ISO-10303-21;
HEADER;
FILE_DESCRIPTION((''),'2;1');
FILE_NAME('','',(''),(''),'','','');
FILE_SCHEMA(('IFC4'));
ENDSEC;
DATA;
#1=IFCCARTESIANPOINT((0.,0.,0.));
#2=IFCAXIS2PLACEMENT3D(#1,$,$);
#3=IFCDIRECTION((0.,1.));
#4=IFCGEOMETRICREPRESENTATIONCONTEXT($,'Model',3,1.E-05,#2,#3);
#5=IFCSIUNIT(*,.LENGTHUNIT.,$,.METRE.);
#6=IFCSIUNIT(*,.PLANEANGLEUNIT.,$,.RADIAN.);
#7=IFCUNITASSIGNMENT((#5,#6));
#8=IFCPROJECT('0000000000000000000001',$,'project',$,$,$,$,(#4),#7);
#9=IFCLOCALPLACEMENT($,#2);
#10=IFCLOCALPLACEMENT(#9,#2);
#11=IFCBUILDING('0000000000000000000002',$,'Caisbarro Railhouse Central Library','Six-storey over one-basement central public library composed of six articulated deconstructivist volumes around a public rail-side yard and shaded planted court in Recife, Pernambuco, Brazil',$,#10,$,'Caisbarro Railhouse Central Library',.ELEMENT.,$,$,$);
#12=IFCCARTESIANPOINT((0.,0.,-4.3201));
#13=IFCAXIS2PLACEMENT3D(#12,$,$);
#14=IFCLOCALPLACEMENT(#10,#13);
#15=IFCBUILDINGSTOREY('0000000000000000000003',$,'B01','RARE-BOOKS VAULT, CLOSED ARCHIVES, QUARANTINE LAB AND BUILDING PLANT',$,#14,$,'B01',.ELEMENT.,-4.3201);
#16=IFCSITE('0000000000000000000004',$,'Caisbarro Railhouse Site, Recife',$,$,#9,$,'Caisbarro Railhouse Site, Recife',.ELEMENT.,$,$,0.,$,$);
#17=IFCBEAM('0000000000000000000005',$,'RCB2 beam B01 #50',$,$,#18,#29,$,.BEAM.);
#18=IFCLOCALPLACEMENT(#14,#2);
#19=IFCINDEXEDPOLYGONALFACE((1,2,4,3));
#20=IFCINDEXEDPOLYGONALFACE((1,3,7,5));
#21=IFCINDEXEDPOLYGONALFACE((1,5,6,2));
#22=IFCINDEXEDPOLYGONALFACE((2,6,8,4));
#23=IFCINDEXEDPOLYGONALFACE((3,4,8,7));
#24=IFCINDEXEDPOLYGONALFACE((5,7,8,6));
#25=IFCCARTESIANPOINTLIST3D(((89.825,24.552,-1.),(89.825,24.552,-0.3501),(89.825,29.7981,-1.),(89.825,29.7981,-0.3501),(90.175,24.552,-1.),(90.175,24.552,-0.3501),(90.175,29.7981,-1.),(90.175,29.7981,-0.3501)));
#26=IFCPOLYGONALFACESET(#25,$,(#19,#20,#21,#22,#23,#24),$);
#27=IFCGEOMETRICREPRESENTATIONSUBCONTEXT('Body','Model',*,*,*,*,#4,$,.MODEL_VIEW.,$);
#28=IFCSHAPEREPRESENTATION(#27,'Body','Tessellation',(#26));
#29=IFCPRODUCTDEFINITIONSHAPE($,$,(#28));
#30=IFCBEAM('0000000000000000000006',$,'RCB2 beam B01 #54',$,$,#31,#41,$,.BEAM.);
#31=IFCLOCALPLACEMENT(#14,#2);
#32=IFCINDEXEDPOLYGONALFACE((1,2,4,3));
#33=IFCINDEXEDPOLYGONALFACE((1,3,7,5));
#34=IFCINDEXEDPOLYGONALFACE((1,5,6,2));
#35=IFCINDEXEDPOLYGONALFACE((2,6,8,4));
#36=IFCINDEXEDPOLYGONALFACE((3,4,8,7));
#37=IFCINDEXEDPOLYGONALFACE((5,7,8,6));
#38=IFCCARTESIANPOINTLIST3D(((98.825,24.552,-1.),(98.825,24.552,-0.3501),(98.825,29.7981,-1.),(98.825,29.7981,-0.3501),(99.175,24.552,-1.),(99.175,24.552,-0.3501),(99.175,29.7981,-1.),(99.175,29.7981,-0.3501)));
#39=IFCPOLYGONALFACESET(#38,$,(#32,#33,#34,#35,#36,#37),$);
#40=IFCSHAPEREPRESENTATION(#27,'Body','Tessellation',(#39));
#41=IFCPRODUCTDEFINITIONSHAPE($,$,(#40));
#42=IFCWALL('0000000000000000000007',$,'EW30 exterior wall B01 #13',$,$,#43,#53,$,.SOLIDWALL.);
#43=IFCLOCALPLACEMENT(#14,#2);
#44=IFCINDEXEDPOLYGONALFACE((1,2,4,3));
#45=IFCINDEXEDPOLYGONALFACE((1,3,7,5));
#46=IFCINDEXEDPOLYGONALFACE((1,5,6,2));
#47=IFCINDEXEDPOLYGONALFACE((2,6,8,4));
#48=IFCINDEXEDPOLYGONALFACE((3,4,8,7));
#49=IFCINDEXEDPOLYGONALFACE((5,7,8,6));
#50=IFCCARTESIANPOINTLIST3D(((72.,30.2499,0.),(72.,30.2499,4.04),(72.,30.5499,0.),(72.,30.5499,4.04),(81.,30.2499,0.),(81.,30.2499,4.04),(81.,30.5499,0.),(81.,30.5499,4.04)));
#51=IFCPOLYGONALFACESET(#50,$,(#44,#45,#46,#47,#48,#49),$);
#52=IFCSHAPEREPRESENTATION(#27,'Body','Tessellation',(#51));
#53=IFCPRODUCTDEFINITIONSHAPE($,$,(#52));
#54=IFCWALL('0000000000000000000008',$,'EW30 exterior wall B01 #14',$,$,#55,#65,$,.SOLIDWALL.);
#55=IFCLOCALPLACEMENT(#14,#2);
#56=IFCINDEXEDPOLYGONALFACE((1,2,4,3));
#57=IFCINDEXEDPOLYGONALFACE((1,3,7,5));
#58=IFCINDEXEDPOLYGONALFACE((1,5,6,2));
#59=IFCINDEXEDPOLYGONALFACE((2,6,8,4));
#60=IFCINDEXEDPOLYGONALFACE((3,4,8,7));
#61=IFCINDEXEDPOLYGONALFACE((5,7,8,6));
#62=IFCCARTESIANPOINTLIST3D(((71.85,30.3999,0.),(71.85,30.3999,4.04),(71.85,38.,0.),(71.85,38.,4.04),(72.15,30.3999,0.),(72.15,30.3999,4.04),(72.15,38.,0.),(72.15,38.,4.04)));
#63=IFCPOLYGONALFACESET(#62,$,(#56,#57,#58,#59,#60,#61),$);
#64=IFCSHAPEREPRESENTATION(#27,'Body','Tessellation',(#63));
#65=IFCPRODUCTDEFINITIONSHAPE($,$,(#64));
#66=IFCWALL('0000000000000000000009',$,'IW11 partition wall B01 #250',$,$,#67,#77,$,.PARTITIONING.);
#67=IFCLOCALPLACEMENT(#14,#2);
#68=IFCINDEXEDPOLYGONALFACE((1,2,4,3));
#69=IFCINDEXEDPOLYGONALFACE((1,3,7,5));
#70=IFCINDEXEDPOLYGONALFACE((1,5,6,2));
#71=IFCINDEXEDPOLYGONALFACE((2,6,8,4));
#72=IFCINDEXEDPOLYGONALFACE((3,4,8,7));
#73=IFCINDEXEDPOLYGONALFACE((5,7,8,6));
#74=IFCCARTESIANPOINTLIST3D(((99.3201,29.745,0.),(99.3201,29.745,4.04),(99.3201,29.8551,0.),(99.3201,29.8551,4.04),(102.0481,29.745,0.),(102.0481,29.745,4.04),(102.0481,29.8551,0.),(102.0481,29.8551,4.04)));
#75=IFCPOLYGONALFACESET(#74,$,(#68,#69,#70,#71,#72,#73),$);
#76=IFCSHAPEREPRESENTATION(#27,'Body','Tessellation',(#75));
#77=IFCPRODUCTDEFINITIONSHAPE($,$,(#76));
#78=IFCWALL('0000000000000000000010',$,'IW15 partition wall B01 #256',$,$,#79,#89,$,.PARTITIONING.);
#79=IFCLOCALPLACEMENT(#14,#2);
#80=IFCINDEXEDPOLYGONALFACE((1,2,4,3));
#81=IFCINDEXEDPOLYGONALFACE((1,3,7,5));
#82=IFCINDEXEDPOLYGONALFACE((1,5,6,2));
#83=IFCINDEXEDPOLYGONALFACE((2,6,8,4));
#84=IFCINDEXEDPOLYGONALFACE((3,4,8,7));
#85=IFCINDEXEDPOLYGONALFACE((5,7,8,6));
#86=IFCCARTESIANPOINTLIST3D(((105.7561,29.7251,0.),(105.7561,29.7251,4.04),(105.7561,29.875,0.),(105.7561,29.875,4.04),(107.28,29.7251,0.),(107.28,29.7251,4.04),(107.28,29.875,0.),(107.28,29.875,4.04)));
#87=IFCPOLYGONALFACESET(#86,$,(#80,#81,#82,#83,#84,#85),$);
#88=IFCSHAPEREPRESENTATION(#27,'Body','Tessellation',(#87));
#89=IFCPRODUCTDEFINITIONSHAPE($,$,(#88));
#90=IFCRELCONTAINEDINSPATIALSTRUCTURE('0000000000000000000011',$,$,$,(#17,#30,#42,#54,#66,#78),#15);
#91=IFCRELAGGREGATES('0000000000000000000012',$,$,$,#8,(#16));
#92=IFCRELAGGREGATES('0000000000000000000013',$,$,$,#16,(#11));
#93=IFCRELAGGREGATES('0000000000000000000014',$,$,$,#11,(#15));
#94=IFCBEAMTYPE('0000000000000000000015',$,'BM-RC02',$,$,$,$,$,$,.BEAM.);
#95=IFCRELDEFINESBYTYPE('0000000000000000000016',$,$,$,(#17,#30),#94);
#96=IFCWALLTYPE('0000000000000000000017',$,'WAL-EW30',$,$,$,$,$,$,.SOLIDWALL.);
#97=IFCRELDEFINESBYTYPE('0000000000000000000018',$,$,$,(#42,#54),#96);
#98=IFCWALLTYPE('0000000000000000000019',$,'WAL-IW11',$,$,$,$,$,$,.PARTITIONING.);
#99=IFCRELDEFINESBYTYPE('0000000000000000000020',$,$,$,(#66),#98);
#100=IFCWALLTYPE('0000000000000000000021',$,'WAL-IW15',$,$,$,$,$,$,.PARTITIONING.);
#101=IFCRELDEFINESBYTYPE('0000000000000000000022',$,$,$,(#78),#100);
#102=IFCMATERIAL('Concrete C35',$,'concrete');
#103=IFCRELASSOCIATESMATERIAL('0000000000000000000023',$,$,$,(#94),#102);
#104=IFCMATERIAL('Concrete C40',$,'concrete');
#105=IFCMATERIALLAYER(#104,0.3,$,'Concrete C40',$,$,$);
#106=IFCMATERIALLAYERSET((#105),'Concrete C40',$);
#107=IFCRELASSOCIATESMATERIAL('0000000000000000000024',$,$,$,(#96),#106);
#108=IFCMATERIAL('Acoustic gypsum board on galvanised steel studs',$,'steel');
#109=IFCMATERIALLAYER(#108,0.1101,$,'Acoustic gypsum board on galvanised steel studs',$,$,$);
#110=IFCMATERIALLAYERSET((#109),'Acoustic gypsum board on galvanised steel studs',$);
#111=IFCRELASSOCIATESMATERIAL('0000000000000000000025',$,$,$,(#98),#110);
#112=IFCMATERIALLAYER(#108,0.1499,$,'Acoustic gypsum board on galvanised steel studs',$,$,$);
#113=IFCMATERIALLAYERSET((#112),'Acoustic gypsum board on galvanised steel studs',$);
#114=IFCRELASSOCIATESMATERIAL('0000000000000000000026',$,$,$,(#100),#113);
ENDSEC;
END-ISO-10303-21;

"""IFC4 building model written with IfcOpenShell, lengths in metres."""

from ifc_helpers import new_model, si_unit, direction, frame, frame_2d, origin, origin_2d, place, context, subcontext, project, spatial, rectangle, extrude, material, layer, layer_set, material_profile, profile_set, type_object, element, save


model = new_model("IFC4")

# Units and contexts
model_context = context("Model", 3, precision=1e-05, world=origin(), true_north=direction((0.0, 1.0)))
body_context = subcontext(model_context, "Body", "Model", "MODEL_VIEW")
ifc_project = project(units=[si_unit("LENGTHUNIT", "METRE"), si_unit("PLANEANGLEUNIT", "RADIAN")], contexts=[model_context])

# Site, building, storey
site_placement = place(None, origin())
site = spatial("IfcSite", under=ifc_project, at=site_placement, Name="Caisbarro Railhouse Site, Recife", LongName="Caisbarro Railhouse Site, Recife", CompositionType="ELEMENT", RefElevation=0.0)
building_placement = place(site_placement, origin())
building = spatial("IfcBuilding", under=site, at=building_placement, Name="Caisbarro Railhouse Central Library", Description="Six-storey over one-basement central public library composed of six articulated deconstructivist volumes around a public rail-side yard and shaded planted court in Recife, Pernambuco, Brazil", LongName="Caisbarro Railhouse Central Library", CompositionType="ELEMENT")
storey_placement = place(building_placement, frame((0.0, 0.0, -4.3201)))
storey = spatial("IfcBuildingStorey", under=building, at=storey_placement, Name="B01", Description="RARE-BOOKS VAULT, CLOSED ARCHIVES, QUARANTINE LAB AND BUILDING PLANT", LongName="B01", CompositionType="ELEMENT", Elevation=-4.3201)

# Shared definitions
ifc_material_1 = material(Name="Concrete C40", Category="concrete")

# Shared definitions
ifc_material_2 = material(Name="Concrete C35", Category="concrete")

# Beams
ifc_material_profile_1 = material_profile(ifc_material_2, rectangle(XDim=0.3501, YDim=0.6499, at=origin_2d()), Name="RC-BM-350X650")
ifc_profile_set_1 = profile_set([ifc_material_profile_1], Name="Concrete C35")
beam_type_1 = type_object("IfcBeamType", Name="BM-RC02", PredefinedType="BEAM", material=ifc_profile_set_1)
for number, where, z_axis, x_axis, name in (
    (1, (90.0, 24.552, -0.675), (0.0, 1.0, 0.0), (-1.0, 0.0, 0.0), "RCB2 beam B01 #50"),
    (2, (99.0, 24.552, -0.675), (0.0, 1.0, 0.0), (-1.0, 0.0, 0.0), "RCB2 beam B01 #54"),
):
    element("IfcBeam", number, at=place(storey_placement, frame(where, z_axis=z_axis, x_axis=x_axis)), inside=storey, type_object=beam_type_1, Name=name, PredefinedType="BEAM", context=body_context, shape_type="SweptSolid", body=[
        extrude(rectangle(XDim=0.3501, YDim=0.6499, at=origin_2d()), origin(), (0.0, 0.0, 1.0), 5.2461),
    ])

# Walls
ifc_layer_1 = layer(ifc_material_1, 0.3, Name="Concrete C40")
ifc_layer_set_1 = layer_set([ifc_layer_1], Name="Concrete C40")
wall_type_1 = type_object("IfcWallType", Name="WAL-EW30", PredefinedType="SOLIDWALL", material=ifc_layer_set_1)
wall_1_placement = place(storey_placement, frame((81.0, 30.3999, 0.0), z_axis=(0.0, 0.0, 1.0), x_axis=(-1.0, 0.0, 0.0)))
element("IfcWall", 3, at=wall_1_placement, inside=storey, type_object=wall_type_1, Name="EW30 exterior wall B01 #13", PredefinedType="SOLIDWALL", context=body_context, shape_type="SweptSolid", body=[
    extrude(rectangle(XDim=9.0, YDim=0.3, at=frame_2d((4.5, 0.0))), origin(), (0.0, 0.0, 1.0), 4.04),
])
wall_2_placement = place(storey_placement, frame((72.0, 30.3999, 0.0), z_axis=(0.0, 0.0, 1.0), x_axis=(0.0, 1.0, 0.0)))
element("IfcWall", 4, at=wall_2_placement, inside=storey, type_object=wall_type_1, Name="EW30 exterior wall B01 #14", PredefinedType="SOLIDWALL", context=body_context, shape_type="SweptSolid", body=[
    extrude(rectangle(XDim=7.6001, YDim=0.3, at=frame_2d((3.8, 0.0))), origin(), (0.0, 0.0, 1.0), 4.04),
])
ifc_material_3 = material(Name="Acoustic gypsum board on galvanised steel studs", Category="steel")
ifc_layer_2 = layer(ifc_material_3, 0.1101, Name="Acoustic gypsum board on galvanised steel studs")
ifc_layer_set_2 = layer_set([ifc_layer_2], Name="Acoustic gypsum board on galvanised steel studs")
wall_type_2 = type_object("IfcWallType", Name="WAL-IW11", PredefinedType="PARTITIONING", material=ifc_layer_set_2)
wall_3_placement = place(storey_placement, frame((99.3201, 29.8, 0.0), z_axis=(0.0, 0.0, 1.0), x_axis=(1.0, 0.0, 0.0)))
element("IfcWall", 5, at=wall_3_placement, inside=storey, type_object=wall_type_2, Name="IW11 partition wall B01 #250", PredefinedType="PARTITIONING", context=body_context, shape_type="SweptSolid", body=[
    extrude(rectangle(XDim=2.728, YDim=0.1101, at=frame_2d((1.364, 0.0))), origin(), (0.0, 0.0, 1.0), 4.04),
])
ifc_layer_3 = layer(ifc_material_3, 0.1499, Name="Acoustic gypsum board on galvanised steel studs")
ifc_layer_set_3 = layer_set([ifc_layer_3], Name="Acoustic gypsum board on galvanised steel studs")
wall_type_3 = type_object("IfcWallType", Name="WAL-IW15", PredefinedType="PARTITIONING", material=ifc_layer_set_3)
wall_4_placement = place(storey_placement, frame((105.7561, 29.8, 0.0), z_axis=(0.0, 0.0, 1.0), x_axis=(1.0, 0.0, 0.0)))
element("IfcWall", 6, at=wall_4_placement, inside=storey, type_object=wall_type_3, Name="IW15 partition wall B01 #256", PredefinedType="PARTITIONING", context=body_context, shape_type="SweptSolid", body=[
    extrude(rectangle(XDim=1.5239, YDim=0.1499, at=frame_2d((0.762, 0.0))), origin(), (0.0, 0.0, 1.0), 4.04),
])

save(model, "model.ifc")
